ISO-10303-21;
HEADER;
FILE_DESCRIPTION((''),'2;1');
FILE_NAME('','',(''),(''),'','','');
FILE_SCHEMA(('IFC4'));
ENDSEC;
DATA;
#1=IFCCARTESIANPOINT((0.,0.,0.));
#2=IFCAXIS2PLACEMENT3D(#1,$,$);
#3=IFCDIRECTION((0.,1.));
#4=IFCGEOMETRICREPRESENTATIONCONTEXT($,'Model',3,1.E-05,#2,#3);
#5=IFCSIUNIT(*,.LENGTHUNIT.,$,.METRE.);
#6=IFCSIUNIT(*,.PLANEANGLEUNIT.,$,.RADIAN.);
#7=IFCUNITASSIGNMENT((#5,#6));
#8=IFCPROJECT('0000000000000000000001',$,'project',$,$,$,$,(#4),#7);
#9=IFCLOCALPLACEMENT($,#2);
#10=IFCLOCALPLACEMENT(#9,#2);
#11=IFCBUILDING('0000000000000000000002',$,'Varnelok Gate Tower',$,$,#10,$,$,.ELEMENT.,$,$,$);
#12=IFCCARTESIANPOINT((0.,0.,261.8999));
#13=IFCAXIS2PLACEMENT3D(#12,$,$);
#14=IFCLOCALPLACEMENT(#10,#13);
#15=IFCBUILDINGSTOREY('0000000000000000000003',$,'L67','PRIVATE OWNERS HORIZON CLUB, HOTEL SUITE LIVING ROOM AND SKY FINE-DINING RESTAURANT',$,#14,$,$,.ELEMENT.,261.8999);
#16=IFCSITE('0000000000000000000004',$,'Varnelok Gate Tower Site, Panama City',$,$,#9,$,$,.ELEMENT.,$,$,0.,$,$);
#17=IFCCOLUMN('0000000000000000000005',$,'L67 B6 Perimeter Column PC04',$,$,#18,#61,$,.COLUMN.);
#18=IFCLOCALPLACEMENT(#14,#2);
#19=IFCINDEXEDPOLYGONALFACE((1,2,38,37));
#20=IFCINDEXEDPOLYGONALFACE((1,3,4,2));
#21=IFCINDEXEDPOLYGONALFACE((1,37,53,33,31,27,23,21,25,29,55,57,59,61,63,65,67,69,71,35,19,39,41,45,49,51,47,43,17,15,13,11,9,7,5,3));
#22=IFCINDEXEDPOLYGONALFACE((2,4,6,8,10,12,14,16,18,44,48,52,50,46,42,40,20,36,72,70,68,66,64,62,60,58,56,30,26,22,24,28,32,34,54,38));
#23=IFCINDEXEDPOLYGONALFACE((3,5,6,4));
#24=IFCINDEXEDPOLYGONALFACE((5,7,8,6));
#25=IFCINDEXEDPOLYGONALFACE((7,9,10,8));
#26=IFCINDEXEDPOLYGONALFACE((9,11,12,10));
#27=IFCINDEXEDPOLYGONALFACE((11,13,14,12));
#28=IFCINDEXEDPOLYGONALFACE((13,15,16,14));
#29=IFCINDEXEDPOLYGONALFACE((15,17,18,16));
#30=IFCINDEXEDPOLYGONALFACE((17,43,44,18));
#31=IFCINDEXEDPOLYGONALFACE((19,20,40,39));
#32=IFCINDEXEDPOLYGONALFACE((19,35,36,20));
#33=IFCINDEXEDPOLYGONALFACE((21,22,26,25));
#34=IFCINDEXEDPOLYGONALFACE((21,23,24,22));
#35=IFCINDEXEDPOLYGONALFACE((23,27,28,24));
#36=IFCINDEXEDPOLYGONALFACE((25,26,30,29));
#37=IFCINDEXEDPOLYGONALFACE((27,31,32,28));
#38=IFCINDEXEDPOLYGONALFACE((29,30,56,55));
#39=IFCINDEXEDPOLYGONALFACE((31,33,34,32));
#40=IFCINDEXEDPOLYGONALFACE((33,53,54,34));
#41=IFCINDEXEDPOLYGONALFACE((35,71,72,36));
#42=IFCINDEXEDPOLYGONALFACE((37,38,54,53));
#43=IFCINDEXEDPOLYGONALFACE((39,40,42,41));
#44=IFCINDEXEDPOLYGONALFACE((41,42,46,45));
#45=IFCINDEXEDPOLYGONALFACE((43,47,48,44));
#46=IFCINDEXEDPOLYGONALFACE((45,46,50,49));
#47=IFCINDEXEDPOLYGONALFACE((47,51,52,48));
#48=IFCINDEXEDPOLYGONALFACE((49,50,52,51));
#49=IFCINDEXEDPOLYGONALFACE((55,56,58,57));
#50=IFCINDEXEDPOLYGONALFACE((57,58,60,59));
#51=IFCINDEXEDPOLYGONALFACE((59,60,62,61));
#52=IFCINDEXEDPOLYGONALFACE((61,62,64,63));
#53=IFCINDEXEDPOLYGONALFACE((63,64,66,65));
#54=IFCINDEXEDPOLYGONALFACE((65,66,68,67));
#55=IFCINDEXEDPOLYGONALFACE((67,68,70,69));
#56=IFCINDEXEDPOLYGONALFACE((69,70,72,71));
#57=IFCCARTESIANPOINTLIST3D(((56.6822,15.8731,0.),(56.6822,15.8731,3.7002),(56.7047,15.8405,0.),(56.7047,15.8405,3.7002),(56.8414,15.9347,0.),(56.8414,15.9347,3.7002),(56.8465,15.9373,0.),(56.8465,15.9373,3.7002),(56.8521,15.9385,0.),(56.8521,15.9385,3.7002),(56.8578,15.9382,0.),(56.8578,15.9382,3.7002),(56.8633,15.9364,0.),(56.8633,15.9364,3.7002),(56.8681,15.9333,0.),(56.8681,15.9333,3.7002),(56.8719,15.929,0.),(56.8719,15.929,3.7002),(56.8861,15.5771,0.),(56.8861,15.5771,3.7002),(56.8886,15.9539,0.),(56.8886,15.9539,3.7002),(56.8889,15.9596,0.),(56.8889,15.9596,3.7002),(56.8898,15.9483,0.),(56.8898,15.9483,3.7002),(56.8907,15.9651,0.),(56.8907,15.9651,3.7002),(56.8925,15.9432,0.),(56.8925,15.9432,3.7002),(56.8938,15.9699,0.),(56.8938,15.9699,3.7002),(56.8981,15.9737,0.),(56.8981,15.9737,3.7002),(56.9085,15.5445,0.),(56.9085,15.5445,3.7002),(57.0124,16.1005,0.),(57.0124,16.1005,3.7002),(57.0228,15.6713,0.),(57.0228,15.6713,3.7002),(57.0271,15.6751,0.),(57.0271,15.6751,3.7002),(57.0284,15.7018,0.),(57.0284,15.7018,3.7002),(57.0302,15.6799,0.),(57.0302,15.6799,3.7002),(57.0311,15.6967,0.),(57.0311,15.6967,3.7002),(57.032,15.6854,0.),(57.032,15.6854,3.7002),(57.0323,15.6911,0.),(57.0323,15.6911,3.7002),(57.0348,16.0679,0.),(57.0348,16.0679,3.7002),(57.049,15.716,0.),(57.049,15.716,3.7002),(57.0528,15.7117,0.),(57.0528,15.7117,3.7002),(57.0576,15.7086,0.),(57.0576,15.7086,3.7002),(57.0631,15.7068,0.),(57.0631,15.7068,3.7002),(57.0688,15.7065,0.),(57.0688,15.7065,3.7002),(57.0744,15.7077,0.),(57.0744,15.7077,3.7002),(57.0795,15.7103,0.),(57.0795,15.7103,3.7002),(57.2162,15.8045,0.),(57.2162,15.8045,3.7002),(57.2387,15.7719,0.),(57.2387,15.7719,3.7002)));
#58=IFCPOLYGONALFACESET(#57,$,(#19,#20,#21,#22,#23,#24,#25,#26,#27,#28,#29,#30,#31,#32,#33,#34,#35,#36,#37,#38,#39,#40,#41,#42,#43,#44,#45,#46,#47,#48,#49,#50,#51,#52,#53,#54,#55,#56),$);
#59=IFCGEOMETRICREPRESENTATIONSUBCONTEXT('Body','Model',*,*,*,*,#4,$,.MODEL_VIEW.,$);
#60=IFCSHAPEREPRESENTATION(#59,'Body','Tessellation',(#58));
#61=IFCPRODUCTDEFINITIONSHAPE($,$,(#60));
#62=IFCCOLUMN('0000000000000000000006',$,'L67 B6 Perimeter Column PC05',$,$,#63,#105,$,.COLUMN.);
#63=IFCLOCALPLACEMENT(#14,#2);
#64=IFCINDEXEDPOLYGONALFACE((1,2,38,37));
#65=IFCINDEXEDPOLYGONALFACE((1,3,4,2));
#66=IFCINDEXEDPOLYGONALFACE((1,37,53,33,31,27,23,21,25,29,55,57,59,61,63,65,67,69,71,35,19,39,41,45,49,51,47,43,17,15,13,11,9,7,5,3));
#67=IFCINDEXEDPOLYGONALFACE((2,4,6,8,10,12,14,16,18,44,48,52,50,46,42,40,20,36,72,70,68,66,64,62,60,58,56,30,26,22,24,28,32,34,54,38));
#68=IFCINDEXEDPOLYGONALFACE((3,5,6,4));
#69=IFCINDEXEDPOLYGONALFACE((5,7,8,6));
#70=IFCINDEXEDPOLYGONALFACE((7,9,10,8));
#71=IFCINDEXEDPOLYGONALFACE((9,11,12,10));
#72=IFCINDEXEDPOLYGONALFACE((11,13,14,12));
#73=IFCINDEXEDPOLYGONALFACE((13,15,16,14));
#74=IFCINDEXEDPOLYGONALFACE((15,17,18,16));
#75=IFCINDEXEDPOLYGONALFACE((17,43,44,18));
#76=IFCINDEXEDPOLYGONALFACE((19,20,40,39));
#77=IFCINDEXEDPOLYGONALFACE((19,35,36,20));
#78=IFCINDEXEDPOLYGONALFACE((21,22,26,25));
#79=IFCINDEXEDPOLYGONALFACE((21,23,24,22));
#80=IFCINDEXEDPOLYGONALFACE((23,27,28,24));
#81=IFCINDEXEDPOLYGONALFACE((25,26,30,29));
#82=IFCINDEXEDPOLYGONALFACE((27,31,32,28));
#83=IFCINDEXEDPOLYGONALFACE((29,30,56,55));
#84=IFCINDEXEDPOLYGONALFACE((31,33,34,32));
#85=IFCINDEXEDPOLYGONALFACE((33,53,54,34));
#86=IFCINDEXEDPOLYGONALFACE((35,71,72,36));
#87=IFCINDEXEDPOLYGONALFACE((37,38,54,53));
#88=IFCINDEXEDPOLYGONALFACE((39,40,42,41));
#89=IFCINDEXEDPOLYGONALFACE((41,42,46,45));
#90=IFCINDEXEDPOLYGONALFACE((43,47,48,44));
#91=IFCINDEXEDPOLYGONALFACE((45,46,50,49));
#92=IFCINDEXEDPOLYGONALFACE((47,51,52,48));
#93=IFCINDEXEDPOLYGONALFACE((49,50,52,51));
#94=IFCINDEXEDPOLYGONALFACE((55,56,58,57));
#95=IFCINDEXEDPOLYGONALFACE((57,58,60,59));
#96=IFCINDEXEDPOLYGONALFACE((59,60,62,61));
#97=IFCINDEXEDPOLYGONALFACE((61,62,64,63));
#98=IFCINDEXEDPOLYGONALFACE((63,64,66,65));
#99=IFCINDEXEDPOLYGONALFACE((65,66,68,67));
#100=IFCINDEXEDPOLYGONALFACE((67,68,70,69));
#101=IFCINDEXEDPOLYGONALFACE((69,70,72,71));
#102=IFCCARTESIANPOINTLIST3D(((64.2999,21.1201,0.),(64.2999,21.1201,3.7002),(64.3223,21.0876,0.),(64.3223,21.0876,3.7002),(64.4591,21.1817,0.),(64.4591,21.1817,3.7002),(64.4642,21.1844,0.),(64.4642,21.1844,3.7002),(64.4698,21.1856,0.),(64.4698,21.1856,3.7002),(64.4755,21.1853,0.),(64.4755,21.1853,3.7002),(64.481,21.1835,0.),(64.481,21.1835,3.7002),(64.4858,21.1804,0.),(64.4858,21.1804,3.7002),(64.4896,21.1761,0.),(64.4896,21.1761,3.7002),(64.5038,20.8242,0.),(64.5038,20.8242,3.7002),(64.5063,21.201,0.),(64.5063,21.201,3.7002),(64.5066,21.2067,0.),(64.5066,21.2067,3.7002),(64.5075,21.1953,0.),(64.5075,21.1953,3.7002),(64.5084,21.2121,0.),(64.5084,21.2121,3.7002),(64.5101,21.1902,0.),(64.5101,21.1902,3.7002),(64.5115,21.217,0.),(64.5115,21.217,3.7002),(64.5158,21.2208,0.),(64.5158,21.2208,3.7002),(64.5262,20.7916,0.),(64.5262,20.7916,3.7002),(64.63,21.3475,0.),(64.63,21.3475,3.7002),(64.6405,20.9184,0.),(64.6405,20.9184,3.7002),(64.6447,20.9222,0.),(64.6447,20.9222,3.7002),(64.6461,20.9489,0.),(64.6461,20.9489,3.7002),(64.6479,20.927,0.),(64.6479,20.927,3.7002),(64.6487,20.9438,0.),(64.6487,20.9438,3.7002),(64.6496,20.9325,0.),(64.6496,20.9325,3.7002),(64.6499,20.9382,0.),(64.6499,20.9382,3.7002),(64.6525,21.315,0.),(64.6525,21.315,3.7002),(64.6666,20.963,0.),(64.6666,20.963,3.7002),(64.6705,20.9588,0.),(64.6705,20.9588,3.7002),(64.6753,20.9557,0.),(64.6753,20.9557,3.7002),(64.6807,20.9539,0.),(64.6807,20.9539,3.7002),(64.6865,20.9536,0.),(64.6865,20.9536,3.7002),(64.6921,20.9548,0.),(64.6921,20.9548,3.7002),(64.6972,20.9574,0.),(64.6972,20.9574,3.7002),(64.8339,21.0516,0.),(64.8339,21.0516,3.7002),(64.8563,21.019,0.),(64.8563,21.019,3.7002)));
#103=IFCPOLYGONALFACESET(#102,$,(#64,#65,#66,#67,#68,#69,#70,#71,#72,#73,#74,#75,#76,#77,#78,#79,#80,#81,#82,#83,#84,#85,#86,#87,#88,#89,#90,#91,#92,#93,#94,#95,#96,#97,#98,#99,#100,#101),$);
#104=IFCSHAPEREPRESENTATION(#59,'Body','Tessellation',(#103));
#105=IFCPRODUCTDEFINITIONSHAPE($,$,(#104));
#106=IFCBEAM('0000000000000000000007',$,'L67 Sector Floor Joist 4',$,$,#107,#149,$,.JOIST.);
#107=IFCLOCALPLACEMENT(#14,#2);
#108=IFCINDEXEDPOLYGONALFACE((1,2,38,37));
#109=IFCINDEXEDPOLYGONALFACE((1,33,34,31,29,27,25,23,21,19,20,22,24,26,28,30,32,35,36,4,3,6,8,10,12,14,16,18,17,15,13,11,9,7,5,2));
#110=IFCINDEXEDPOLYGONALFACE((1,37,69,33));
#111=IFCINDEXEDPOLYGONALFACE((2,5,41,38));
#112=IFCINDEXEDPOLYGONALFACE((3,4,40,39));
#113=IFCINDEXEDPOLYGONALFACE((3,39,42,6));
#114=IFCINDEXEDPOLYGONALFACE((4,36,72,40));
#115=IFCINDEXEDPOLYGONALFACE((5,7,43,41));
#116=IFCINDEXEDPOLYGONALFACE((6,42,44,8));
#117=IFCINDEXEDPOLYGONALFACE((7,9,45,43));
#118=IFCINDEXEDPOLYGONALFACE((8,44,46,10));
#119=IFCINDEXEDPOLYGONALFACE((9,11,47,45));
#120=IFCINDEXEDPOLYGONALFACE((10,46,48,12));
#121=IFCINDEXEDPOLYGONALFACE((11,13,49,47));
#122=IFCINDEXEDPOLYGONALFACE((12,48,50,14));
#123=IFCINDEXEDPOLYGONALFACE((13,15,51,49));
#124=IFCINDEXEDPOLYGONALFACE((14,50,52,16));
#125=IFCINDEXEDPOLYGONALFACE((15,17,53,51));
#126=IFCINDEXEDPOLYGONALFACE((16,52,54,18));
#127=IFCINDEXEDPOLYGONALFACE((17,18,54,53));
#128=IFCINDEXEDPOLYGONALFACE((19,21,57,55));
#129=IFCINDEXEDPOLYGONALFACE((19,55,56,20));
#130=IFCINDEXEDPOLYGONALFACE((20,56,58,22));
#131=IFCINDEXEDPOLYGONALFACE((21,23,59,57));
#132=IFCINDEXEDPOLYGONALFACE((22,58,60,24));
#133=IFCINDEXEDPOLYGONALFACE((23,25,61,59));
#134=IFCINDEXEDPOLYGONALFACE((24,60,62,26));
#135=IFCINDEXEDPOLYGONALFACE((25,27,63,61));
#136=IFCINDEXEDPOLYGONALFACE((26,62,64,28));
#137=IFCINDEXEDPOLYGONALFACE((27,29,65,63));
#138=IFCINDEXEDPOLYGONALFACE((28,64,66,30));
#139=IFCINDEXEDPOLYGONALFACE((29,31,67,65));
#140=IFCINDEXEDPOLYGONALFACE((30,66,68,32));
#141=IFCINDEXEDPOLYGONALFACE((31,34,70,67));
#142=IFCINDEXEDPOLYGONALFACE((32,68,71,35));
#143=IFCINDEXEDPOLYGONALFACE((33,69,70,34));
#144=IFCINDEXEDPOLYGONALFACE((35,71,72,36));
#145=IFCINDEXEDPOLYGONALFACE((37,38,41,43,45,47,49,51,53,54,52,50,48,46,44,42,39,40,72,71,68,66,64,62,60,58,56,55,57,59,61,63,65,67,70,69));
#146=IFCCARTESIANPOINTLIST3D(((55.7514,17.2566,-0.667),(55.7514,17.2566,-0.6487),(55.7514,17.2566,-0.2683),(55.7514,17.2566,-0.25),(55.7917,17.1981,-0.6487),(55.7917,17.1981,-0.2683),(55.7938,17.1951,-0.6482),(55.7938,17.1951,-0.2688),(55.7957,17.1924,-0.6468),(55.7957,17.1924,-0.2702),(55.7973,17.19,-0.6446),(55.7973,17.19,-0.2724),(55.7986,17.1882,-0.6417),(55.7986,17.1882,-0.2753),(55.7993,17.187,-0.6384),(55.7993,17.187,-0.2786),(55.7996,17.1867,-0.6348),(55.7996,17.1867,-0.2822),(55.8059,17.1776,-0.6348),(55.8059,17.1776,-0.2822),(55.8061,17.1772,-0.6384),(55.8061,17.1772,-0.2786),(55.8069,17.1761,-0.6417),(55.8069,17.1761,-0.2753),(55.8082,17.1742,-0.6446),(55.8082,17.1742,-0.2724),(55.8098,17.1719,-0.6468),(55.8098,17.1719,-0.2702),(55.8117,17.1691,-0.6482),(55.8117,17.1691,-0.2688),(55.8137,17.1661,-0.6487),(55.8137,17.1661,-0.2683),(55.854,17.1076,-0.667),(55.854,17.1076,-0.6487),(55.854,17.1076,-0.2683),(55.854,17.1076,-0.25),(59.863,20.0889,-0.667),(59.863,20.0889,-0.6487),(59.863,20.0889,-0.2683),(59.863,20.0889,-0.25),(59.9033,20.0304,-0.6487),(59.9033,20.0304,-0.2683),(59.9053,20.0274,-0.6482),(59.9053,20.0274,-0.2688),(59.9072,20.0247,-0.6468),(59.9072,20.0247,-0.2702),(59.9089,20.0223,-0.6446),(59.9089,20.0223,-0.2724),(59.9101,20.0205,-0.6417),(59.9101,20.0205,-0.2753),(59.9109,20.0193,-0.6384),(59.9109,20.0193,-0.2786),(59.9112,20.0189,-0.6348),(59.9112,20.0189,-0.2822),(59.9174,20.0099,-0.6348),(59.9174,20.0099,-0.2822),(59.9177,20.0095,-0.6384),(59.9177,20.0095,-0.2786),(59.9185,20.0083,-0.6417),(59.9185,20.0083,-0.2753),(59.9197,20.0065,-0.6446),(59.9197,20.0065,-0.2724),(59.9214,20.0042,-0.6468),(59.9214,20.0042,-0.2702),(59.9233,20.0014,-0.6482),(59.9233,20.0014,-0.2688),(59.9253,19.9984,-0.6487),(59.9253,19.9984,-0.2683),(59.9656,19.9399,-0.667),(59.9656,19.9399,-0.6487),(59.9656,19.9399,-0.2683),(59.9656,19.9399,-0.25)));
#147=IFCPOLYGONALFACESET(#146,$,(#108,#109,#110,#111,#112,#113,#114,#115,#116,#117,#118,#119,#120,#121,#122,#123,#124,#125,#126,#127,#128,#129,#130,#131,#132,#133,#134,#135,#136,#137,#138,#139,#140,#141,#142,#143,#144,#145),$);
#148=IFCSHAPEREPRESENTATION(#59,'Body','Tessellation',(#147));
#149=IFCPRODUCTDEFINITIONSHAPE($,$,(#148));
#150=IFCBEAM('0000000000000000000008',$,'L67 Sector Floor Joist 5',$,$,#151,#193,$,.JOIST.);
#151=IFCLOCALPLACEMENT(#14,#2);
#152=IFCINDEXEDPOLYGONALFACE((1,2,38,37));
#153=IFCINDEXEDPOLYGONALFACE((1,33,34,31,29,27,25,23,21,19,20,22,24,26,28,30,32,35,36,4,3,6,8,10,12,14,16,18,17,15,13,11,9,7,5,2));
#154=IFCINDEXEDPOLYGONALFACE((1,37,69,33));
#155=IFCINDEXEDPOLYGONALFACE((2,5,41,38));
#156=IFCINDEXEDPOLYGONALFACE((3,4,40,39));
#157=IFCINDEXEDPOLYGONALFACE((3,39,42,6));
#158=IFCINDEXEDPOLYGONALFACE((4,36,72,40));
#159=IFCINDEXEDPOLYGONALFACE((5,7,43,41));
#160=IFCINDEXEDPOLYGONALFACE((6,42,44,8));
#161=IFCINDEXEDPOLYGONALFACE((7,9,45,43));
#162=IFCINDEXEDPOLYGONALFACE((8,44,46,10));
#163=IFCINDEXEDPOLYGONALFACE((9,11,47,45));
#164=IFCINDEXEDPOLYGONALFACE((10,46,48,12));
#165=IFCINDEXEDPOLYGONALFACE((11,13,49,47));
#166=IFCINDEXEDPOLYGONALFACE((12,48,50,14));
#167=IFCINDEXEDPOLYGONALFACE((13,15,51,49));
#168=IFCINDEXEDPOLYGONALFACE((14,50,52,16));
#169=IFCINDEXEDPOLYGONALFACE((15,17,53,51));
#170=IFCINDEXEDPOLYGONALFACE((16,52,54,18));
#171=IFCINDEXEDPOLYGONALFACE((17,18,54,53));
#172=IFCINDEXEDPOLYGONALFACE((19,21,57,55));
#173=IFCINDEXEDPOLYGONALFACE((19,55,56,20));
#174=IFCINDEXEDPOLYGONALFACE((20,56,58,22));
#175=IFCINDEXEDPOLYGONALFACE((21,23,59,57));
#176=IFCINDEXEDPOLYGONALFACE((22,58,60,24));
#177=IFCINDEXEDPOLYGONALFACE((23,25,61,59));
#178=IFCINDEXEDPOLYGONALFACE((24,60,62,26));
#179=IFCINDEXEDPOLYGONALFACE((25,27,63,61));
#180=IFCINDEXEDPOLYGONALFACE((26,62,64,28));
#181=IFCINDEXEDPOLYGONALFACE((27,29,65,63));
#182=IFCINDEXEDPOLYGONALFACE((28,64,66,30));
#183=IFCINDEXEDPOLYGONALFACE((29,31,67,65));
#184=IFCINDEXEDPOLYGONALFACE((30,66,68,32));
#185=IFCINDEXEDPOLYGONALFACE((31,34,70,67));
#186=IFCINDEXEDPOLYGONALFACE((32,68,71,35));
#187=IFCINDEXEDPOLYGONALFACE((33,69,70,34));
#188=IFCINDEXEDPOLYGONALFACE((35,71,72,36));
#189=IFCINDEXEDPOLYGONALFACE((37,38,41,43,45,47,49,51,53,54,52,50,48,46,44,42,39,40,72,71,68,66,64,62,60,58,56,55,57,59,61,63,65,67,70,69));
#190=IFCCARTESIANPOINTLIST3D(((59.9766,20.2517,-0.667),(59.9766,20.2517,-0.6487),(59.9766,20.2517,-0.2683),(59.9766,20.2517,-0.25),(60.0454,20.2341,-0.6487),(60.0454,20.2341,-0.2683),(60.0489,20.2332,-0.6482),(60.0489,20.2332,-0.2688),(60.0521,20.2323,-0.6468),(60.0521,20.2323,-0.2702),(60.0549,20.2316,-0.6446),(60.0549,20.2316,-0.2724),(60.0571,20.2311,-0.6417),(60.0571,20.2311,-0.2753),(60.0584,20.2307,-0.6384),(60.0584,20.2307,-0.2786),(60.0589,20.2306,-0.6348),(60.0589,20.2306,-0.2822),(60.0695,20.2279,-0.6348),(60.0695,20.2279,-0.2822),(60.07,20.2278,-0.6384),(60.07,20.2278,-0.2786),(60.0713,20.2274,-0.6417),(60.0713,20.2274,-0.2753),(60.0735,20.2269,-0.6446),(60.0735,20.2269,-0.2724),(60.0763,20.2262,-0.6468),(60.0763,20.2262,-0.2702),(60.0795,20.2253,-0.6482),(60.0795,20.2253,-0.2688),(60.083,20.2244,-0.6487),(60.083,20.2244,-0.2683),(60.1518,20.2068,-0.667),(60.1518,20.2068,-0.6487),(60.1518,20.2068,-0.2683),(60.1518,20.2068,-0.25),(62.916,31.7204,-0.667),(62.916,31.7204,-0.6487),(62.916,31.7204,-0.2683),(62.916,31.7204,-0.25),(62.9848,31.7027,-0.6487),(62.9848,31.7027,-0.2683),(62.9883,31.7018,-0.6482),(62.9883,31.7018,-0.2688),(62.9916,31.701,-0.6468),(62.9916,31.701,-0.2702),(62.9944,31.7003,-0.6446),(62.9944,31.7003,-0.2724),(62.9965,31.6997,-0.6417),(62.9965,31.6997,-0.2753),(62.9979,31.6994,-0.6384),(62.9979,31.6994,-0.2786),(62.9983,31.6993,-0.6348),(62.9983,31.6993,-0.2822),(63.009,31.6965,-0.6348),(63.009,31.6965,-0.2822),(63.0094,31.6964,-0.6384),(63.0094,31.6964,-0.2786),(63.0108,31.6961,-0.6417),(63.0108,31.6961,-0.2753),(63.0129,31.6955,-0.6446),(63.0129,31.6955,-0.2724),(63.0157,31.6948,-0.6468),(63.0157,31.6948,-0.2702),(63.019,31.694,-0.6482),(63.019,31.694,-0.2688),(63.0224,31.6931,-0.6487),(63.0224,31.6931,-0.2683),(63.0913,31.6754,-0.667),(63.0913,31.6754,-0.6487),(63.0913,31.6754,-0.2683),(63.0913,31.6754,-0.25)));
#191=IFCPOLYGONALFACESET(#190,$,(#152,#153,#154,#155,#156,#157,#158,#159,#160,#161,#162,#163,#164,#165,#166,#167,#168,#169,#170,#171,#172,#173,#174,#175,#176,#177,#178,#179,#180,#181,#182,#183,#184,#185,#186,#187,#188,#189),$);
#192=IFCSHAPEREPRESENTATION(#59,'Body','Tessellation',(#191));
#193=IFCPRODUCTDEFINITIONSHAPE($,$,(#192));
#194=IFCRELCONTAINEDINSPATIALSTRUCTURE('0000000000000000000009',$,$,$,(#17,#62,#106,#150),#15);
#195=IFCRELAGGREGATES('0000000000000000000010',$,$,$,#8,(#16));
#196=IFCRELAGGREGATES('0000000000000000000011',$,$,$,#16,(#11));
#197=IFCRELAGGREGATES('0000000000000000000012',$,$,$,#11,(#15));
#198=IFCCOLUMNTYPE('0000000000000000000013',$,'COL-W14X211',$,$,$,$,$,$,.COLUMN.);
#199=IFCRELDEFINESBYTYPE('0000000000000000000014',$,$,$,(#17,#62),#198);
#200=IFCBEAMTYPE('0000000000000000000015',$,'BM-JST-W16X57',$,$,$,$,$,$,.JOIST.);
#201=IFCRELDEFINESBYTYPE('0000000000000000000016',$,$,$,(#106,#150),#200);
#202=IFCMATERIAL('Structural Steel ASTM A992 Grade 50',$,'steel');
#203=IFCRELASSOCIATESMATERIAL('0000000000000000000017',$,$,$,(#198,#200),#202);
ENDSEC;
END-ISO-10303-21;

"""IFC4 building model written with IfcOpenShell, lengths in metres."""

from ifc_helpers import new_model, si_unit, direction, frame, origin, origin_2d, place, context, subcontext, project, spatial, i_section, extrude, material, material_profile, profile_set, type_object, element, save


model = new_model("IFC4")

# Units and contexts
model_context = context("Model", 3, precision=1e-05, world=origin(), true_north=direction((0.0, 1.0)))
body_context = subcontext(model_context, "Body", "Model", "MODEL_VIEW")
ifc_project = project(units=[si_unit("LENGTHUNIT", "METRE"), si_unit("PLANEANGLEUNIT", "RADIAN")], contexts=[model_context])

# Site, building, storey
site_placement = place(None, origin())
site = spatial("IfcSite", under=ifc_project, at=site_placement, Name="Varnelok Gate Tower Site, Panama City", CompositionType="ELEMENT", RefElevation=0.0)
building_placement = place(site_placement, origin())
building = spatial("IfcBuilding", under=site, at=building_placement, Name="Varnelok Gate Tower", CompositionType="ELEMENT")
storey_placement = place(building_placement, frame((0.0, 0.0, 261.8999)))
storey = spatial("IfcBuildingStorey", under=building, at=storey_placement, Name="L67", Description="PRIVATE OWNERS HORIZON CLUB, HOTEL SUITE LIVING ROOM AND SKY FINE-DINING RESTAURANT", CompositionType="ELEMENT", Elevation=261.8999)

# Columns
ifc_material_1 = material(Name="Structural Steel ASTM A992 Grade 50", Category="steel")
ifc_material_profile_1 = material_profile(ifc_material_1, i_section(OverallWidth=0.4009, OverallDepth=0.3989, WebThickness=0.0249, FlangeThickness=0.0396, FilletRadius=0.022, at=origin_2d()), Name="W14X211")
ifc_profile_set_1 = profile_set([ifc_material_profile_1], Name="Structural Steel ASTM A992 Grade 50")
column_type = type_object("IfcColumnType", Name="COL-W14X211", PredefinedType="COLUMN", material=ifc_profile_set_1)
for number, where, z_axis, x_axis, name in (
    (1, (56.9604, 15.8225, 0.0), (0.0, 0.0, 1.0), (0.823533, 0.567269, 0.0), "L67 B6 Perimeter Column PC04"),
    (2, (64.5781, 21.0696, 0.0), (0.0, 0.0, 1.0), (0.823533, 0.567269, 0.0), "L67 B6 Perimeter Column PC05"),
):
    element("IfcColumn", number, at=place(storey_placement, frame(where, z_axis=z_axis, x_axis=x_axis)), inside=storey, type_object=column_type, Name=name, PredefinedType="COLUMN", context=body_context, shape_type="SweptSolid", body=[
        extrude(i_section(OverallWidth=0.4009, OverallDepth=0.3989, WebThickness=0.0249, FlangeThickness=0.0396, FilletRadius=0.022, at=origin_2d()), origin(), (0.0, 0.0, 1.0), 3.7002),
    ])

# Beams
ifc_material_profile_2 = material_profile(ifc_material_1, i_section(OverallWidth=0.1809, OverallDepth=0.417, WebThickness=0.011, FlangeThickness=0.0183, FilletRadius=0.0139, at=origin_2d()), Name="W16X57")
ifc_profile_set_2 = profile_set([ifc_material_profile_2], Name="Structural Steel ASTM A992 Grade 50")
beam_type_1 = type_object("IfcBeamType", Name="BM-JST-W16X57", PredefinedType="JOIST", material=ifc_profile_set_2)
beam_1_placement = place(storey_placement, frame((55.8027, 17.1821, -0.4585), z_axis=(0.823521, 0.567286, 0.0), x_axis=(-0.567286, 0.823521, 0.0)))
element("IfcBeam", 3, at=beam_1_placement, inside=storey, type_object=beam_type_1, Name="L67 Sector Floor Joist 4", PredefinedType="JOIST", context=body_context, shape_type="SweptSolid", body=[
    extrude(i_section(OverallWidth=0.1809, OverallDepth=0.417, WebThickness=0.011, FlangeThickness=0.0183, FilletRadius=0.0139, at=origin_2d()), origin(), (0.0, 0.0, 1.0), 4.9927),
])
beam_2_placement = place(storey_placement, frame((60.0642, 20.2292, -0.4585), z_axis=(0.248276, 0.968689, 0.0), x_axis=(-0.968689, 0.248276, 0.0)))
element("IfcBeam", 4, at=beam_2_placement, inside=storey, type_object=beam_type_1, Name="L67 Sector Floor Joist 5", PredefinedType="JOIST", context=body_context, shape_type="SweptSolid", body=[
    extrude(i_section(OverallWidth=0.1809, OverallDepth=0.417, WebThickness=0.011, FlangeThickness=0.0183, FilletRadius=0.0139, at=origin_2d()), origin(), (0.0, 0.0, 1.0), 11.8394),
])

save(model, "model.ifc")
